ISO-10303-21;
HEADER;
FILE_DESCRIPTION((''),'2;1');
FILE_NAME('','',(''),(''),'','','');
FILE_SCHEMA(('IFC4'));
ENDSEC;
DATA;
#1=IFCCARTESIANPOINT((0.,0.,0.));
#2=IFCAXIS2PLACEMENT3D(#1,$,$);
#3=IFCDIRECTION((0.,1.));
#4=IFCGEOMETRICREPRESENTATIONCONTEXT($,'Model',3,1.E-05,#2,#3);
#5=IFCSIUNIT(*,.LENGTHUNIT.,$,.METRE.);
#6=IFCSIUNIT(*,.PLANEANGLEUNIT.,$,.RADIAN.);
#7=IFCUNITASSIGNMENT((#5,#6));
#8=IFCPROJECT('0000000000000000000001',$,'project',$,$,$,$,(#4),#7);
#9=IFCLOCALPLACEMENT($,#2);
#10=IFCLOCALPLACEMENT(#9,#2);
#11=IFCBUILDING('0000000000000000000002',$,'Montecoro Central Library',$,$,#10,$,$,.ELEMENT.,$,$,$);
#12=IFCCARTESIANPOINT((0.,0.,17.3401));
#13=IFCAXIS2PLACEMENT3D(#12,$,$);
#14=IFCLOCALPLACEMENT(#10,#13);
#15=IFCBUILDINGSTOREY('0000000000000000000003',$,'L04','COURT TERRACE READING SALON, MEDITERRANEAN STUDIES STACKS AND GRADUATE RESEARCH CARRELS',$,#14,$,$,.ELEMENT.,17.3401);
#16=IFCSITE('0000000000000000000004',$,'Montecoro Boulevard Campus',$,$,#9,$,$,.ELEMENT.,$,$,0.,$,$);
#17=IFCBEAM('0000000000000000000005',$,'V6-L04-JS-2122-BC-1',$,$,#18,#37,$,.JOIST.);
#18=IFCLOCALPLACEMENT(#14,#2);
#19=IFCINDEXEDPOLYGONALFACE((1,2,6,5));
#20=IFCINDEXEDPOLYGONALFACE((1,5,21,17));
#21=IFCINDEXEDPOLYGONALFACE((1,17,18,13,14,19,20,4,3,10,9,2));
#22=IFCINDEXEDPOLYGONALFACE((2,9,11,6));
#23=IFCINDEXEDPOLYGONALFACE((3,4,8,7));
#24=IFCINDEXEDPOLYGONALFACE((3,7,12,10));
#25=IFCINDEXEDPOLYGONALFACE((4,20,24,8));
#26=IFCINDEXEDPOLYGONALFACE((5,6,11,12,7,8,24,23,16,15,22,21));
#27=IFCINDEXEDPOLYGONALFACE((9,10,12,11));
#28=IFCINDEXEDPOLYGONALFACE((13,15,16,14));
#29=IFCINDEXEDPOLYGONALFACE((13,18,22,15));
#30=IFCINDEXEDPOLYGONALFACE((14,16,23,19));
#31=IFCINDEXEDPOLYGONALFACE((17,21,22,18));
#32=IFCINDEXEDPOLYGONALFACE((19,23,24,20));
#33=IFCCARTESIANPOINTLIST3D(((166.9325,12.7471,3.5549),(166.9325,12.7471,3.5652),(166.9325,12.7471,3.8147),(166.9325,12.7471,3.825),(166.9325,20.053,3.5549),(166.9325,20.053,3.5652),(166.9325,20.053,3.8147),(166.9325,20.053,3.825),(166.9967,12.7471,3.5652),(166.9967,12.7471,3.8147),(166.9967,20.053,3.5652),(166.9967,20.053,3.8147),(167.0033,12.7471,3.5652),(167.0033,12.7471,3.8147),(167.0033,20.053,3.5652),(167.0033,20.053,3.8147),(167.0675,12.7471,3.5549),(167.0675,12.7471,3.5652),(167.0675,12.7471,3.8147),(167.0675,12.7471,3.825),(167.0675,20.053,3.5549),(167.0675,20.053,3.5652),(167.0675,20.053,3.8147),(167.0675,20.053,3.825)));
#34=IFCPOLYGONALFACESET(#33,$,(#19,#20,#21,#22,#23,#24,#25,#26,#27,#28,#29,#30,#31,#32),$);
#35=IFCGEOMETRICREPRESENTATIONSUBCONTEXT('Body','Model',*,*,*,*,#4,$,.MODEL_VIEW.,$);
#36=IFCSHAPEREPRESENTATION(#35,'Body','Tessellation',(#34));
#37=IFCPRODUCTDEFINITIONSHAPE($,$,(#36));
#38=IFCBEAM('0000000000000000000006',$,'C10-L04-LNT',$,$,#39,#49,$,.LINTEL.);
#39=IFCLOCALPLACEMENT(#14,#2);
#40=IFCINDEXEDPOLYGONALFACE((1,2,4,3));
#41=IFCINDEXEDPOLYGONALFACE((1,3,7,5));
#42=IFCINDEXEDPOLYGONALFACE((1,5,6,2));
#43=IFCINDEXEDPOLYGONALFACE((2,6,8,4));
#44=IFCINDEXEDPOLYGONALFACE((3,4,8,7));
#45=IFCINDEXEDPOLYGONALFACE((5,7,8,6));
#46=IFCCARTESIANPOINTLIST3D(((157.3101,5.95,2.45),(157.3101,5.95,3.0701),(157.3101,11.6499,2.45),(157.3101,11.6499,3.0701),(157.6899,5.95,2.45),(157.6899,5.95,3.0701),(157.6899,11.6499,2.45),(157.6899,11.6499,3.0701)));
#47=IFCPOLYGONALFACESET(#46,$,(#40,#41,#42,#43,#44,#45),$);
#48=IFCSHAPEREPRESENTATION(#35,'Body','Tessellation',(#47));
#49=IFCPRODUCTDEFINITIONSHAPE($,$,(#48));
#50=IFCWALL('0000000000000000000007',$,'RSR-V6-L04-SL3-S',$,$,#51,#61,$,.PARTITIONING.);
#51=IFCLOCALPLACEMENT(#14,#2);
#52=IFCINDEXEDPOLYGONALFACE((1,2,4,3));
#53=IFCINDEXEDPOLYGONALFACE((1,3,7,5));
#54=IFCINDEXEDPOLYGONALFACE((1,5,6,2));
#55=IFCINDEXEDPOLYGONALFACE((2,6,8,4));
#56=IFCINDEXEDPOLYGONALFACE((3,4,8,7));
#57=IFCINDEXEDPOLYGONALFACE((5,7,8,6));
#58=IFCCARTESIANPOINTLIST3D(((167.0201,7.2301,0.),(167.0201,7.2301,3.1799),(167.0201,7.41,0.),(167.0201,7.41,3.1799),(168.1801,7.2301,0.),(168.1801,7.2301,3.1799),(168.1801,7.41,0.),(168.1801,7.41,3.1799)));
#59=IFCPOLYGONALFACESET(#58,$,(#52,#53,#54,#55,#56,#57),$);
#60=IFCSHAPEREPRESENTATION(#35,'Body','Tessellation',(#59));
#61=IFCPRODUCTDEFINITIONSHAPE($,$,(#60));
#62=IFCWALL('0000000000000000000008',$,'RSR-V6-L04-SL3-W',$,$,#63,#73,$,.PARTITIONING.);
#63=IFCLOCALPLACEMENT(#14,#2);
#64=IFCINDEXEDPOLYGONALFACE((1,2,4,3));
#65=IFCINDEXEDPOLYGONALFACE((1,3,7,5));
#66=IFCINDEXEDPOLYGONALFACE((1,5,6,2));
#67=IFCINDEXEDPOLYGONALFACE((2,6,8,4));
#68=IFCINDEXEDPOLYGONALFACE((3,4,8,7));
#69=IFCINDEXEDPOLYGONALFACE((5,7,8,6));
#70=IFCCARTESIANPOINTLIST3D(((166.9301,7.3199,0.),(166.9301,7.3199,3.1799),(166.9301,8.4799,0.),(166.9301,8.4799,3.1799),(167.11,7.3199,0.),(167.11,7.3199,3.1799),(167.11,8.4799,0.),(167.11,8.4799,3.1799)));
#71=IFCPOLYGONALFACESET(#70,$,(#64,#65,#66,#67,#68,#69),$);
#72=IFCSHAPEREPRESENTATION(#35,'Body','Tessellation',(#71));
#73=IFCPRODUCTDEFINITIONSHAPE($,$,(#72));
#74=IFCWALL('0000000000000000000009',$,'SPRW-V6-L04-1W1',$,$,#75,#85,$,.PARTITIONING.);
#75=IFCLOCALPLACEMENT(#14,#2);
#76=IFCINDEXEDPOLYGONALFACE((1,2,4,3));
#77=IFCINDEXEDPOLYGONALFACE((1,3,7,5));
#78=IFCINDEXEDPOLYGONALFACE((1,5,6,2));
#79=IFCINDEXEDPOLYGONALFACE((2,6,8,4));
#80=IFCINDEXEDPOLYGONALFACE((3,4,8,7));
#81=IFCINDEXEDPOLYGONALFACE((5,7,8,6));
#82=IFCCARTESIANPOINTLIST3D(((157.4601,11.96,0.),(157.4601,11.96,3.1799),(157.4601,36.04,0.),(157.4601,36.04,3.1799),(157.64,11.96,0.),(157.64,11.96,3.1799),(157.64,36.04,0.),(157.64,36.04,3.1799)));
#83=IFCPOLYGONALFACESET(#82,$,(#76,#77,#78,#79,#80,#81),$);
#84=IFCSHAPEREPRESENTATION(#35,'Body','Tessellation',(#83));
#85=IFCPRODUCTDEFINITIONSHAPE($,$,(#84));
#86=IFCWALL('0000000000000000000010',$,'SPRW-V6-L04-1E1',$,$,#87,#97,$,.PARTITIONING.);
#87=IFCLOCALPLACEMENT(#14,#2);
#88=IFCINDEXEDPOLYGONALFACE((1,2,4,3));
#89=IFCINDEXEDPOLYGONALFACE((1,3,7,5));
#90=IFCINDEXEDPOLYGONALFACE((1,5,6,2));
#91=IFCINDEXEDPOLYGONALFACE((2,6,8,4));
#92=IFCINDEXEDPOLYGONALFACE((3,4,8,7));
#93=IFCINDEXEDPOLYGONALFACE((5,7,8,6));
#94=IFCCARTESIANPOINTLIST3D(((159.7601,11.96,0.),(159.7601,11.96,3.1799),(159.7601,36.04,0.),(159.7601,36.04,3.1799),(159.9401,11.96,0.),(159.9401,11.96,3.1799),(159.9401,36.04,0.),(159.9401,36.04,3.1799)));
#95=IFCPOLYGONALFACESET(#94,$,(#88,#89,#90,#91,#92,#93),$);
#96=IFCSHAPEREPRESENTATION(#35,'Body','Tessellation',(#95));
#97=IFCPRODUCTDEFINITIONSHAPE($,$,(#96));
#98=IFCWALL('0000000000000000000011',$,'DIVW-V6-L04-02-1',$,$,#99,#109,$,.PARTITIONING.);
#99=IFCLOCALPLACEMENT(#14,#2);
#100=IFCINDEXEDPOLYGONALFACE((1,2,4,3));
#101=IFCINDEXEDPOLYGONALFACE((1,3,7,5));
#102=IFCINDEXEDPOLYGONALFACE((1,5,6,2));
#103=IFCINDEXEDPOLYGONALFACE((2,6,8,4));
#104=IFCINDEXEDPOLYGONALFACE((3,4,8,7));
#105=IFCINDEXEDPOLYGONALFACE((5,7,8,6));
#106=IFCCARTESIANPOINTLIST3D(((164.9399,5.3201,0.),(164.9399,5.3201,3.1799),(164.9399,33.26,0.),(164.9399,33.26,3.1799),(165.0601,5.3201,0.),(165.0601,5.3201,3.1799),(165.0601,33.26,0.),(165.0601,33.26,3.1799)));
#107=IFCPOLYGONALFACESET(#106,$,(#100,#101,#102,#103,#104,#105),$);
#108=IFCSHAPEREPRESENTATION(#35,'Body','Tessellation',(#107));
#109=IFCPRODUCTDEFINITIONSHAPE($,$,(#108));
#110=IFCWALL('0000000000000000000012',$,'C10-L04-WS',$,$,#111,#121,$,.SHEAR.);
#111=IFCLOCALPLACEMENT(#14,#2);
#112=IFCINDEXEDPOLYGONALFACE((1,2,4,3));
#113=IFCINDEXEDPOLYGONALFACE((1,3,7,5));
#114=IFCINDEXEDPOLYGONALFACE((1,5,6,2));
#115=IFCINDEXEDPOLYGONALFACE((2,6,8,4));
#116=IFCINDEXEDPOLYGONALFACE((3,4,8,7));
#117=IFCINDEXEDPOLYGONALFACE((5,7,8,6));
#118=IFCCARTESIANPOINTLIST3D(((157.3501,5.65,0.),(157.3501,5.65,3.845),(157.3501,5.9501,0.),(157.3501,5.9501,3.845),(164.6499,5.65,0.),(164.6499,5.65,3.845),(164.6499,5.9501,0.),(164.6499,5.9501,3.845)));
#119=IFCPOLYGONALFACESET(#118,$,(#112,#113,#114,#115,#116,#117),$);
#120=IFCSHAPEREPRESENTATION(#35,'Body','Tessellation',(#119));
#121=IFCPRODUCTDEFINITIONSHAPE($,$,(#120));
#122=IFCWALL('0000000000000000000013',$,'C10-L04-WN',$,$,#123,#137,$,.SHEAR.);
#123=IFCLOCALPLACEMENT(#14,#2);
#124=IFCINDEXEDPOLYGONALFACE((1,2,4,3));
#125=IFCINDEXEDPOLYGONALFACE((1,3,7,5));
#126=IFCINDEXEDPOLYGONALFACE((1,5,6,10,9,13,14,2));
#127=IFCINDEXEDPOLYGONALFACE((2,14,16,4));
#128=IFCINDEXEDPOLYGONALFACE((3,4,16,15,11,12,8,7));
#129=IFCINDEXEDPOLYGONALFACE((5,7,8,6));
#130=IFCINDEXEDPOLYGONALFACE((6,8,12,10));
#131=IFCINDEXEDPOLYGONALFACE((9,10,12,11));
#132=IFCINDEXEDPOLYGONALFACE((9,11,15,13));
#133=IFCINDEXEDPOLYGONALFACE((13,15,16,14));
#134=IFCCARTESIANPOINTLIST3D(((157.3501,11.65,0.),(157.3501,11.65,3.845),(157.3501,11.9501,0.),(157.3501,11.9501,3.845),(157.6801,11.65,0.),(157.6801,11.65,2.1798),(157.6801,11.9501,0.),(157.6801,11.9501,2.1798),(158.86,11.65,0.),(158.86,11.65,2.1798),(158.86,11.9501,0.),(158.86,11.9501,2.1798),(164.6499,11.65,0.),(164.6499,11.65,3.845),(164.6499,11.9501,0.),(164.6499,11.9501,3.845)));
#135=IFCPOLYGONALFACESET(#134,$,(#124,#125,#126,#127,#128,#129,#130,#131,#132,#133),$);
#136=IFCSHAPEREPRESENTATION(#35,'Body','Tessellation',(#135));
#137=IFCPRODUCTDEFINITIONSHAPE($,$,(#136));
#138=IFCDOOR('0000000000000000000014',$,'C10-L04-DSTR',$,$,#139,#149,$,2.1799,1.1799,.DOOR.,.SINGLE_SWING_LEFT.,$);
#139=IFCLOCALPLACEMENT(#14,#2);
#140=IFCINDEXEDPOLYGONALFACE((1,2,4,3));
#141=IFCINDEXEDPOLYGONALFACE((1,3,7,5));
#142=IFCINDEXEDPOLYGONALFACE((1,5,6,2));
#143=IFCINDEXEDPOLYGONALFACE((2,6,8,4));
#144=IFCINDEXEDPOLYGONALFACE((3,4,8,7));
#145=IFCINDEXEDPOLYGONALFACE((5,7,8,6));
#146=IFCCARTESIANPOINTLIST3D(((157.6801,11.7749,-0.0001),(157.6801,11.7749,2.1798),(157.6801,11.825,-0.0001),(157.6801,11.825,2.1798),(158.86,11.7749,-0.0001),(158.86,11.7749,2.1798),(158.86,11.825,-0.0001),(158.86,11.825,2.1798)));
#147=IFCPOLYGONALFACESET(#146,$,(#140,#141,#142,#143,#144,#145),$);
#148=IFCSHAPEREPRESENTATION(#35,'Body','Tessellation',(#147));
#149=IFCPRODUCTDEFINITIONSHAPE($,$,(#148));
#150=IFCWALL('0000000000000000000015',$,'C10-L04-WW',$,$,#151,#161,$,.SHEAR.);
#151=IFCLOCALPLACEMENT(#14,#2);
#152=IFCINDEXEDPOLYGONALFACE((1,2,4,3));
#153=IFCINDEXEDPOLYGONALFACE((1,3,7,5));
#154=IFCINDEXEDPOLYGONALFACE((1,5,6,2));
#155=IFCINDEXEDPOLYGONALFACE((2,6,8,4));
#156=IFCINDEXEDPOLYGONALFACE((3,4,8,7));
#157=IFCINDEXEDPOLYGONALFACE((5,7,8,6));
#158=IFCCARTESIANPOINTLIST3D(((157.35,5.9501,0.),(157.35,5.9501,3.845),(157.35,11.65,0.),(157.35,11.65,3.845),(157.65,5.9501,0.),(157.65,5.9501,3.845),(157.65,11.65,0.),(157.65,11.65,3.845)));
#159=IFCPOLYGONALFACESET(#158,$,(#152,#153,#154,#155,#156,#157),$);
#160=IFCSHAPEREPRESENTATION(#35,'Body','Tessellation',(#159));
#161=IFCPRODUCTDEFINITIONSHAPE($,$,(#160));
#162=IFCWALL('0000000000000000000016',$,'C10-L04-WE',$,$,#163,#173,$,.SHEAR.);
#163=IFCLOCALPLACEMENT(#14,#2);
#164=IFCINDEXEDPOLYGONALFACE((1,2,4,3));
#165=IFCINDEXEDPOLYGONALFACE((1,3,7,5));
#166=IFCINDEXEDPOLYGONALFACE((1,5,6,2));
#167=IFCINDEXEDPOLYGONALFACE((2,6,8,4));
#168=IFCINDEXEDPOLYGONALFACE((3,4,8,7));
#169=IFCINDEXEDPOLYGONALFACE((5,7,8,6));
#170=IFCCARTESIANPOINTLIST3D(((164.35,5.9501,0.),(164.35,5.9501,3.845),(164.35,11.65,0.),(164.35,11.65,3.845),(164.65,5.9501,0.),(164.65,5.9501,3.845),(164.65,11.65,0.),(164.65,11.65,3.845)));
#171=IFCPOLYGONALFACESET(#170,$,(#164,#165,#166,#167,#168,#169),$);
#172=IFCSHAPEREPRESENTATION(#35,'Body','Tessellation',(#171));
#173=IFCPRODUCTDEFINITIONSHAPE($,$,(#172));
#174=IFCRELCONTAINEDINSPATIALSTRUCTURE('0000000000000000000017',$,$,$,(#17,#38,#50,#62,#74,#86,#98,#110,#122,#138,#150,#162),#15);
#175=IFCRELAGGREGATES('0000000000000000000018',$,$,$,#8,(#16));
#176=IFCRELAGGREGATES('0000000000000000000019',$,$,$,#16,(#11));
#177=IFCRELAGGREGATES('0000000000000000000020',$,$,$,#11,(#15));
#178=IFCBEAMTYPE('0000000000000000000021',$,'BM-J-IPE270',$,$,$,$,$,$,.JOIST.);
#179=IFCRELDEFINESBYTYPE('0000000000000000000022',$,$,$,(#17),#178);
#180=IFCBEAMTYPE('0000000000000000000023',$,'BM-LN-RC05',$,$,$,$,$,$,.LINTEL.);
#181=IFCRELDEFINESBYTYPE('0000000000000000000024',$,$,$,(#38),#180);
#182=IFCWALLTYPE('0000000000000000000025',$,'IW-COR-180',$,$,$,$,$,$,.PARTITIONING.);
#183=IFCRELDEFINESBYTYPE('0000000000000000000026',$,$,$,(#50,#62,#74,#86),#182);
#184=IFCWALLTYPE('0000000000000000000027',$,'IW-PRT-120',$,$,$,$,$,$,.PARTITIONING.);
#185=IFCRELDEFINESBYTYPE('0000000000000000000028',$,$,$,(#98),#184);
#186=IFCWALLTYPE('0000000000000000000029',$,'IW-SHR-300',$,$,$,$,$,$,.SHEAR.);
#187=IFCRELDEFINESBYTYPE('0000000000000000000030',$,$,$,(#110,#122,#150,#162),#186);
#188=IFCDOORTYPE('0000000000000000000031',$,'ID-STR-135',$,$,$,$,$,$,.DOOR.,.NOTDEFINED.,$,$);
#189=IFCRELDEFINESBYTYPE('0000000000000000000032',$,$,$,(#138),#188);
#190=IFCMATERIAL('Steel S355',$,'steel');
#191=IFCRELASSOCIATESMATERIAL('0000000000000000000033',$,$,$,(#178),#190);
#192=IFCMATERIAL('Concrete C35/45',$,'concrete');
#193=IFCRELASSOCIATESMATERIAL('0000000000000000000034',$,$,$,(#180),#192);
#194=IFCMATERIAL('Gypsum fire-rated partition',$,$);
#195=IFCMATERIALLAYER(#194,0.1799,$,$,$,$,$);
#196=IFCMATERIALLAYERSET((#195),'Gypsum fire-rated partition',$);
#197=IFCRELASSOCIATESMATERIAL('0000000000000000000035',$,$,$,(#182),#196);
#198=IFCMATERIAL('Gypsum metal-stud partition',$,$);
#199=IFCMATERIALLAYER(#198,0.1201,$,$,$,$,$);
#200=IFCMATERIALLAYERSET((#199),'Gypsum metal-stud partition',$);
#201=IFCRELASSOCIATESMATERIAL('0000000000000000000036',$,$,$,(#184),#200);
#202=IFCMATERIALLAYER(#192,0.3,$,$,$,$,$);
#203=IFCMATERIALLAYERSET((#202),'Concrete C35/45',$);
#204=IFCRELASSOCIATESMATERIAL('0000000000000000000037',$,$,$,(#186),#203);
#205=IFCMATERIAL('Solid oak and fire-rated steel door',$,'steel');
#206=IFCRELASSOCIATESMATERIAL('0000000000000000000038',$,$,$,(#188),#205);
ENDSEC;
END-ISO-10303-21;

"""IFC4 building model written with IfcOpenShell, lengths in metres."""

from ifc_helpers import new_model, si_unit, direction, frame, frame_2d, origin, origin_2d, place, context, subcontext, project, spatial, rectangle, i_section, extrude, material, layer, layer_set, material_profile, profile_set, type_object, element, fill, save


model = new_model("IFC4")

# Units and contexts
model_context = context("Model", 3, precision=1e-05, world=origin(), true_north=direction((0.0, 1.0)))
body_context = subcontext(model_context, "Body", "Model", "MODEL_VIEW")
ifc_project = project(units=[si_unit("LENGTHUNIT", "METRE"), si_unit("PLANEANGLEUNIT", "RADIAN")], contexts=[model_context])

# Site, building, storey
site_placement = place(None, origin())
site = spatial("IfcSite", under=ifc_project, at=site_placement, Name="Montecoro Boulevard Campus", CompositionType="ELEMENT", RefElevation=0.0)
building_placement = place(site_placement, origin())
building = spatial("IfcBuilding", under=site, at=building_placement, Name="Montecoro Central Library", CompositionType="ELEMENT")
storey_placement = place(building_placement, frame((0.0, 0.0, 17.3401)))
storey = spatial("IfcBuildingStorey", under=building, at=storey_placement, Name="L04", Description="COURT TERRACE READING SALON, MEDITERRANEAN STUDIES STACKS AND GRADUATE RESEARCH CARRELS", CompositionType="ELEMENT", Elevation=17.3401)

# Shared definitions
ifc_material_1 = material(Name="Steel S355", Category="steel")

# Beams
ifc_material_profile_1 = material_profile(ifc_material_1, i_section(OverallWidth=0.135, OverallDepth=0.27, WebThickness=0.0066, FlangeThickness=0.0103, at=origin_2d()), Name="IPE 270")
ifc_profile_set_1 = profile_set([ifc_material_profile_1], Name="Steel S355")
beam_type_1 = type_object("IfcBeamType", Name="BM-J-IPE270", PredefinedType="JOIST", material=ifc_profile_set_1)
for number, where, z_axis, x_axis, name in (
    (1, (167.0, 12.7471, 3.6899), (0.0, 1.0, 0.0), (-1.0, 0.0, 0.0), "V6-L04-JS-2122-BC-1"),
):
    element("IfcBeam", number, at=place(storey_placement, frame(where, z_axis=z_axis, x_axis=x_axis)), inside=storey, type_object=beam_type_1, Name=name, PredefinedType="JOIST", context=body_context, shape_type="SweptSolid", body=[
        extrude(i_section(OverallWidth=0.135, OverallDepth=0.27, WebThickness=0.0066, FlangeThickness=0.0103, at=origin_2d()), origin(), (0.0, 0.0, 1.0), 7.3059),
    ])
ifc_material_2 = material(Name="Concrete C35/45", Category="concrete")
ifc_material_profile_2 = material_profile(ifc_material_2, rectangle(XDim=0.3799, YDim=0.6201, at=origin_2d()), Name="RC LNT 620x380")
ifc_profile_set_2 = profile_set([ifc_material_profile_2], Name="Concrete C35/45")
beam_type_2 = type_object("IfcBeamType", Name="BM-LN-RC05", PredefinedType="LINTEL", material=ifc_profile_set_2)
beam_1_placement = place(storey_placement, frame((157.5, 5.95, 2.76), z_axis=(0.0, 1.0, 0.0), x_axis=(-1.0, 0.0, 0.0)))
element("IfcBeam", 2, at=beam_1_placement, inside=storey, type_object=beam_type_2, Name="C10-L04-LNT", PredefinedType="LINTEL", context=body_context, shape_type="SweptSolid", body=[
    extrude(rectangle(XDim=0.3799, YDim=0.6201, at=origin_2d()), origin(), (0.0, 0.0, 1.0), 5.7),
])

# Walls
ifc_material_3 = material(Name="Gypsum fire-rated partition")
ifc_layer_1 = layer(ifc_material_3, 0.1799)
ifc_layer_set_1 = layer_set([ifc_layer_1], Name="Gypsum fire-rated partition")
wall_type_1 = type_object("IfcWallType", Name="IW-COR-180", PredefinedType="PARTITIONING", material=ifc_layer_set_1)
for number, where, z_axis, x_axis, name in (
    (3, (167.02, 7.3201, 0.0), (0.0, 0.0, 1.0), (1.0, 0.0, 0.0), "RSR-V6-L04-SL3-S"),
    (4, (167.02, 8.48, 0.0), (0.0, 0.0, 1.0), (0.0, -1.0, 0.0), "RSR-V6-L04-SL3-W"),
):
    element("IfcWall", number, at=place(storey_placement, frame(where, z_axis=z_axis, x_axis=x_axis)), inside=storey, type_object=wall_type_1, Name=name, PredefinedType="PARTITIONING", context=body_context, shape_type="SweptSolid", body=[
        extrude(rectangle(XDim=1.1599, YDim=0.1799, at=frame_2d((0.5801, 0.0))), origin(), (0.0, 0.0, 1.0), 3.1799),
    ])
for number, where, z_axis, x_axis, name in (
    (5, (157.55, 11.96, 0.0), (0.0, 0.0, 1.0), (0.0, 1.0, 0.0), "SPRW-V6-L04-1W1"),
    (6, (159.8501, 11.96, 0.0), (0.0, 0.0, 1.0), (0.0, 1.0, 0.0), "SPRW-V6-L04-1E1"),
):
    element("IfcWall", number, at=place(storey_placement, frame(where, z_axis=z_axis, x_axis=x_axis)), inside=storey, type_object=wall_type_1, Name=name, PredefinedType="PARTITIONING", context=body_context, shape_type="SweptSolid", body=[
        extrude(rectangle(XDim=24.0801, YDim=0.1799, at=frame_2d((12.04, 0.0))), origin(), (0.0, 0.0, 1.0), 3.1799),
    ])
ifc_material_4 = material(Name="Gypsum metal-stud partition")
ifc_layer_2 = layer(ifc_material_4, 0.1201)
ifc_layer_set_2 = layer_set([ifc_layer_2], Name="Gypsum metal-stud partition")
wall_type_2 = type_object("IfcWallType", Name="IW-PRT-120", PredefinedType="PARTITIONING", material=ifc_layer_set_2)
wall_1_placement = place(storey_placement, frame((165.0, 5.3201, 0.0), z_axis=(0.0, 0.0, 1.0), x_axis=(0.0, 1.0, 0.0)))
element("IfcWall", 7, at=wall_1_placement, inside=storey, type_object=wall_type_2, Name="DIVW-V6-L04-02-1", PredefinedType="PARTITIONING", context=body_context, shape_type="SweptSolid", body=[
    extrude(rectangle(XDim=27.9399, YDim=0.1201, at=frame_2d((13.97, 0.0))), origin(), (0.0, 0.0, 1.0), 3.1799),
])
ifc_layer_3 = layer(ifc_material_2, 0.3)
ifc_layer_set_3 = layer_set([ifc_layer_3], Name="Concrete C35/45")
wall_type_3 = type_object("IfcWallType", Name="IW-SHR-300", PredefinedType="SHEAR", material=ifc_layer_set_3)
wall_2_placement = place(storey_placement, frame((157.3501, 5.8, 0.0), z_axis=(0.0, 0.0, 1.0), x_axis=(1.0, 0.0, 0.0)))
element("IfcWall", 8, at=wall_2_placement, inside=storey, type_object=wall_type_3, Name="C10-L04-WS", PredefinedType="SHEAR", context=body_context, shape_type="SweptSolid", body=[
    extrude(rectangle(XDim=7.2998, YDim=0.3, at=frame_2d((3.6499, 0.0))), origin(), (0.0, 0.0, 1.0), 3.845),
])

# Wall, opening, door
wall_3_placement = place(storey_placement, frame((157.3501, 11.8, 0.0), z_axis=(0.0, 0.0, 1.0), x_axis=(1.0, 0.0, 0.0)))
wall_3 = element("IfcWall", 9, at=wall_3_placement, inside=storey, type_object=wall_type_3, Name="C10-L04-WN", PredefinedType="SHEAR", context=body_context, shape_type="SweptSolid", body=[
    extrude(rectangle(XDim=7.2998, YDim=0.3, at=frame_2d((3.6499, 0.0))), origin(), (0.0, 0.0, 1.0), 3.845),
])
opening_placement = place(wall_3_placement, frame((0.3301, 0.0, 0.0)))
opening = element("IfcOpeningElement", 10, at=opening_placement, cuts=wall_3, PredefinedType="OPENING", context=body_context, shape_type="SweptSolid", body=[
    extrude(rectangle(XDim=1.1799, YDim=2.1799, at=frame_2d((0.5898, 1.0898))), frame((0.0, 0.1599, 0.0), z_axis=(0.0, -1.0, 0.0), x_axis=(1.0, 0.0, 0.0)), (0.0, 0.0, 1.0), 0.3201),
])
ifc_material_5 = material(Name="Solid oak and fire-rated steel door", Category="steel")
door_type = type_object("IfcDoorType", Name="ID-STR-135", OperationType="NOTDEFINED", PredefinedType="DOOR", material=ifc_material_5)
door_placement = place(opening_placement, origin())
door = element("IfcDoor", 11, at=door_placement, inside=storey, type_object=door_type, Name="C10-L04-DSTR", OperationType="SINGLE_SWING_LEFT", OverallHeight=2.1799, OverallWidth=1.1799, PredefinedType="DOOR", context=body_context, shape_type="SweptSolid", body=[
    extrude(rectangle(XDim=1.1799, YDim=2.1799, at=frame_2d((0.5898, 1.0898))), frame((0.0, 0.0249, 0.0), z_axis=(0.0, -1.0, 0.0), x_axis=(1.0, 0.0, 0.0)), (0.0, 0.0, 1.0), 0.05),
])
fill(opening, door)

# Walls
for number, where, z_axis, x_axis, name in (
    (12, (157.5, 5.95, 0.0), (0.0, 0.0, 1.0), (0.0, 1.0, 0.0), "C10-L04-WW"),
    (13, (164.5, 5.95, 0.0), (0.0, 0.0, 1.0), (0.0, 1.0, 0.0), "C10-L04-WE"),
):
    element("IfcWall", number, at=place(storey_placement, frame(where, z_axis=z_axis, x_axis=x_axis)), inside=storey, type_object=wall_type_3, Name=name, PredefinedType="SHEAR", context=body_context, shape_type="SweptSolid", body=[
        extrude(rectangle(XDim=5.7, YDim=0.3, at=frame_2d((2.8501, 0.0))), origin(), (0.0, 0.0, 1.0), 3.845),
    ])

save(model, "model.ifc")
